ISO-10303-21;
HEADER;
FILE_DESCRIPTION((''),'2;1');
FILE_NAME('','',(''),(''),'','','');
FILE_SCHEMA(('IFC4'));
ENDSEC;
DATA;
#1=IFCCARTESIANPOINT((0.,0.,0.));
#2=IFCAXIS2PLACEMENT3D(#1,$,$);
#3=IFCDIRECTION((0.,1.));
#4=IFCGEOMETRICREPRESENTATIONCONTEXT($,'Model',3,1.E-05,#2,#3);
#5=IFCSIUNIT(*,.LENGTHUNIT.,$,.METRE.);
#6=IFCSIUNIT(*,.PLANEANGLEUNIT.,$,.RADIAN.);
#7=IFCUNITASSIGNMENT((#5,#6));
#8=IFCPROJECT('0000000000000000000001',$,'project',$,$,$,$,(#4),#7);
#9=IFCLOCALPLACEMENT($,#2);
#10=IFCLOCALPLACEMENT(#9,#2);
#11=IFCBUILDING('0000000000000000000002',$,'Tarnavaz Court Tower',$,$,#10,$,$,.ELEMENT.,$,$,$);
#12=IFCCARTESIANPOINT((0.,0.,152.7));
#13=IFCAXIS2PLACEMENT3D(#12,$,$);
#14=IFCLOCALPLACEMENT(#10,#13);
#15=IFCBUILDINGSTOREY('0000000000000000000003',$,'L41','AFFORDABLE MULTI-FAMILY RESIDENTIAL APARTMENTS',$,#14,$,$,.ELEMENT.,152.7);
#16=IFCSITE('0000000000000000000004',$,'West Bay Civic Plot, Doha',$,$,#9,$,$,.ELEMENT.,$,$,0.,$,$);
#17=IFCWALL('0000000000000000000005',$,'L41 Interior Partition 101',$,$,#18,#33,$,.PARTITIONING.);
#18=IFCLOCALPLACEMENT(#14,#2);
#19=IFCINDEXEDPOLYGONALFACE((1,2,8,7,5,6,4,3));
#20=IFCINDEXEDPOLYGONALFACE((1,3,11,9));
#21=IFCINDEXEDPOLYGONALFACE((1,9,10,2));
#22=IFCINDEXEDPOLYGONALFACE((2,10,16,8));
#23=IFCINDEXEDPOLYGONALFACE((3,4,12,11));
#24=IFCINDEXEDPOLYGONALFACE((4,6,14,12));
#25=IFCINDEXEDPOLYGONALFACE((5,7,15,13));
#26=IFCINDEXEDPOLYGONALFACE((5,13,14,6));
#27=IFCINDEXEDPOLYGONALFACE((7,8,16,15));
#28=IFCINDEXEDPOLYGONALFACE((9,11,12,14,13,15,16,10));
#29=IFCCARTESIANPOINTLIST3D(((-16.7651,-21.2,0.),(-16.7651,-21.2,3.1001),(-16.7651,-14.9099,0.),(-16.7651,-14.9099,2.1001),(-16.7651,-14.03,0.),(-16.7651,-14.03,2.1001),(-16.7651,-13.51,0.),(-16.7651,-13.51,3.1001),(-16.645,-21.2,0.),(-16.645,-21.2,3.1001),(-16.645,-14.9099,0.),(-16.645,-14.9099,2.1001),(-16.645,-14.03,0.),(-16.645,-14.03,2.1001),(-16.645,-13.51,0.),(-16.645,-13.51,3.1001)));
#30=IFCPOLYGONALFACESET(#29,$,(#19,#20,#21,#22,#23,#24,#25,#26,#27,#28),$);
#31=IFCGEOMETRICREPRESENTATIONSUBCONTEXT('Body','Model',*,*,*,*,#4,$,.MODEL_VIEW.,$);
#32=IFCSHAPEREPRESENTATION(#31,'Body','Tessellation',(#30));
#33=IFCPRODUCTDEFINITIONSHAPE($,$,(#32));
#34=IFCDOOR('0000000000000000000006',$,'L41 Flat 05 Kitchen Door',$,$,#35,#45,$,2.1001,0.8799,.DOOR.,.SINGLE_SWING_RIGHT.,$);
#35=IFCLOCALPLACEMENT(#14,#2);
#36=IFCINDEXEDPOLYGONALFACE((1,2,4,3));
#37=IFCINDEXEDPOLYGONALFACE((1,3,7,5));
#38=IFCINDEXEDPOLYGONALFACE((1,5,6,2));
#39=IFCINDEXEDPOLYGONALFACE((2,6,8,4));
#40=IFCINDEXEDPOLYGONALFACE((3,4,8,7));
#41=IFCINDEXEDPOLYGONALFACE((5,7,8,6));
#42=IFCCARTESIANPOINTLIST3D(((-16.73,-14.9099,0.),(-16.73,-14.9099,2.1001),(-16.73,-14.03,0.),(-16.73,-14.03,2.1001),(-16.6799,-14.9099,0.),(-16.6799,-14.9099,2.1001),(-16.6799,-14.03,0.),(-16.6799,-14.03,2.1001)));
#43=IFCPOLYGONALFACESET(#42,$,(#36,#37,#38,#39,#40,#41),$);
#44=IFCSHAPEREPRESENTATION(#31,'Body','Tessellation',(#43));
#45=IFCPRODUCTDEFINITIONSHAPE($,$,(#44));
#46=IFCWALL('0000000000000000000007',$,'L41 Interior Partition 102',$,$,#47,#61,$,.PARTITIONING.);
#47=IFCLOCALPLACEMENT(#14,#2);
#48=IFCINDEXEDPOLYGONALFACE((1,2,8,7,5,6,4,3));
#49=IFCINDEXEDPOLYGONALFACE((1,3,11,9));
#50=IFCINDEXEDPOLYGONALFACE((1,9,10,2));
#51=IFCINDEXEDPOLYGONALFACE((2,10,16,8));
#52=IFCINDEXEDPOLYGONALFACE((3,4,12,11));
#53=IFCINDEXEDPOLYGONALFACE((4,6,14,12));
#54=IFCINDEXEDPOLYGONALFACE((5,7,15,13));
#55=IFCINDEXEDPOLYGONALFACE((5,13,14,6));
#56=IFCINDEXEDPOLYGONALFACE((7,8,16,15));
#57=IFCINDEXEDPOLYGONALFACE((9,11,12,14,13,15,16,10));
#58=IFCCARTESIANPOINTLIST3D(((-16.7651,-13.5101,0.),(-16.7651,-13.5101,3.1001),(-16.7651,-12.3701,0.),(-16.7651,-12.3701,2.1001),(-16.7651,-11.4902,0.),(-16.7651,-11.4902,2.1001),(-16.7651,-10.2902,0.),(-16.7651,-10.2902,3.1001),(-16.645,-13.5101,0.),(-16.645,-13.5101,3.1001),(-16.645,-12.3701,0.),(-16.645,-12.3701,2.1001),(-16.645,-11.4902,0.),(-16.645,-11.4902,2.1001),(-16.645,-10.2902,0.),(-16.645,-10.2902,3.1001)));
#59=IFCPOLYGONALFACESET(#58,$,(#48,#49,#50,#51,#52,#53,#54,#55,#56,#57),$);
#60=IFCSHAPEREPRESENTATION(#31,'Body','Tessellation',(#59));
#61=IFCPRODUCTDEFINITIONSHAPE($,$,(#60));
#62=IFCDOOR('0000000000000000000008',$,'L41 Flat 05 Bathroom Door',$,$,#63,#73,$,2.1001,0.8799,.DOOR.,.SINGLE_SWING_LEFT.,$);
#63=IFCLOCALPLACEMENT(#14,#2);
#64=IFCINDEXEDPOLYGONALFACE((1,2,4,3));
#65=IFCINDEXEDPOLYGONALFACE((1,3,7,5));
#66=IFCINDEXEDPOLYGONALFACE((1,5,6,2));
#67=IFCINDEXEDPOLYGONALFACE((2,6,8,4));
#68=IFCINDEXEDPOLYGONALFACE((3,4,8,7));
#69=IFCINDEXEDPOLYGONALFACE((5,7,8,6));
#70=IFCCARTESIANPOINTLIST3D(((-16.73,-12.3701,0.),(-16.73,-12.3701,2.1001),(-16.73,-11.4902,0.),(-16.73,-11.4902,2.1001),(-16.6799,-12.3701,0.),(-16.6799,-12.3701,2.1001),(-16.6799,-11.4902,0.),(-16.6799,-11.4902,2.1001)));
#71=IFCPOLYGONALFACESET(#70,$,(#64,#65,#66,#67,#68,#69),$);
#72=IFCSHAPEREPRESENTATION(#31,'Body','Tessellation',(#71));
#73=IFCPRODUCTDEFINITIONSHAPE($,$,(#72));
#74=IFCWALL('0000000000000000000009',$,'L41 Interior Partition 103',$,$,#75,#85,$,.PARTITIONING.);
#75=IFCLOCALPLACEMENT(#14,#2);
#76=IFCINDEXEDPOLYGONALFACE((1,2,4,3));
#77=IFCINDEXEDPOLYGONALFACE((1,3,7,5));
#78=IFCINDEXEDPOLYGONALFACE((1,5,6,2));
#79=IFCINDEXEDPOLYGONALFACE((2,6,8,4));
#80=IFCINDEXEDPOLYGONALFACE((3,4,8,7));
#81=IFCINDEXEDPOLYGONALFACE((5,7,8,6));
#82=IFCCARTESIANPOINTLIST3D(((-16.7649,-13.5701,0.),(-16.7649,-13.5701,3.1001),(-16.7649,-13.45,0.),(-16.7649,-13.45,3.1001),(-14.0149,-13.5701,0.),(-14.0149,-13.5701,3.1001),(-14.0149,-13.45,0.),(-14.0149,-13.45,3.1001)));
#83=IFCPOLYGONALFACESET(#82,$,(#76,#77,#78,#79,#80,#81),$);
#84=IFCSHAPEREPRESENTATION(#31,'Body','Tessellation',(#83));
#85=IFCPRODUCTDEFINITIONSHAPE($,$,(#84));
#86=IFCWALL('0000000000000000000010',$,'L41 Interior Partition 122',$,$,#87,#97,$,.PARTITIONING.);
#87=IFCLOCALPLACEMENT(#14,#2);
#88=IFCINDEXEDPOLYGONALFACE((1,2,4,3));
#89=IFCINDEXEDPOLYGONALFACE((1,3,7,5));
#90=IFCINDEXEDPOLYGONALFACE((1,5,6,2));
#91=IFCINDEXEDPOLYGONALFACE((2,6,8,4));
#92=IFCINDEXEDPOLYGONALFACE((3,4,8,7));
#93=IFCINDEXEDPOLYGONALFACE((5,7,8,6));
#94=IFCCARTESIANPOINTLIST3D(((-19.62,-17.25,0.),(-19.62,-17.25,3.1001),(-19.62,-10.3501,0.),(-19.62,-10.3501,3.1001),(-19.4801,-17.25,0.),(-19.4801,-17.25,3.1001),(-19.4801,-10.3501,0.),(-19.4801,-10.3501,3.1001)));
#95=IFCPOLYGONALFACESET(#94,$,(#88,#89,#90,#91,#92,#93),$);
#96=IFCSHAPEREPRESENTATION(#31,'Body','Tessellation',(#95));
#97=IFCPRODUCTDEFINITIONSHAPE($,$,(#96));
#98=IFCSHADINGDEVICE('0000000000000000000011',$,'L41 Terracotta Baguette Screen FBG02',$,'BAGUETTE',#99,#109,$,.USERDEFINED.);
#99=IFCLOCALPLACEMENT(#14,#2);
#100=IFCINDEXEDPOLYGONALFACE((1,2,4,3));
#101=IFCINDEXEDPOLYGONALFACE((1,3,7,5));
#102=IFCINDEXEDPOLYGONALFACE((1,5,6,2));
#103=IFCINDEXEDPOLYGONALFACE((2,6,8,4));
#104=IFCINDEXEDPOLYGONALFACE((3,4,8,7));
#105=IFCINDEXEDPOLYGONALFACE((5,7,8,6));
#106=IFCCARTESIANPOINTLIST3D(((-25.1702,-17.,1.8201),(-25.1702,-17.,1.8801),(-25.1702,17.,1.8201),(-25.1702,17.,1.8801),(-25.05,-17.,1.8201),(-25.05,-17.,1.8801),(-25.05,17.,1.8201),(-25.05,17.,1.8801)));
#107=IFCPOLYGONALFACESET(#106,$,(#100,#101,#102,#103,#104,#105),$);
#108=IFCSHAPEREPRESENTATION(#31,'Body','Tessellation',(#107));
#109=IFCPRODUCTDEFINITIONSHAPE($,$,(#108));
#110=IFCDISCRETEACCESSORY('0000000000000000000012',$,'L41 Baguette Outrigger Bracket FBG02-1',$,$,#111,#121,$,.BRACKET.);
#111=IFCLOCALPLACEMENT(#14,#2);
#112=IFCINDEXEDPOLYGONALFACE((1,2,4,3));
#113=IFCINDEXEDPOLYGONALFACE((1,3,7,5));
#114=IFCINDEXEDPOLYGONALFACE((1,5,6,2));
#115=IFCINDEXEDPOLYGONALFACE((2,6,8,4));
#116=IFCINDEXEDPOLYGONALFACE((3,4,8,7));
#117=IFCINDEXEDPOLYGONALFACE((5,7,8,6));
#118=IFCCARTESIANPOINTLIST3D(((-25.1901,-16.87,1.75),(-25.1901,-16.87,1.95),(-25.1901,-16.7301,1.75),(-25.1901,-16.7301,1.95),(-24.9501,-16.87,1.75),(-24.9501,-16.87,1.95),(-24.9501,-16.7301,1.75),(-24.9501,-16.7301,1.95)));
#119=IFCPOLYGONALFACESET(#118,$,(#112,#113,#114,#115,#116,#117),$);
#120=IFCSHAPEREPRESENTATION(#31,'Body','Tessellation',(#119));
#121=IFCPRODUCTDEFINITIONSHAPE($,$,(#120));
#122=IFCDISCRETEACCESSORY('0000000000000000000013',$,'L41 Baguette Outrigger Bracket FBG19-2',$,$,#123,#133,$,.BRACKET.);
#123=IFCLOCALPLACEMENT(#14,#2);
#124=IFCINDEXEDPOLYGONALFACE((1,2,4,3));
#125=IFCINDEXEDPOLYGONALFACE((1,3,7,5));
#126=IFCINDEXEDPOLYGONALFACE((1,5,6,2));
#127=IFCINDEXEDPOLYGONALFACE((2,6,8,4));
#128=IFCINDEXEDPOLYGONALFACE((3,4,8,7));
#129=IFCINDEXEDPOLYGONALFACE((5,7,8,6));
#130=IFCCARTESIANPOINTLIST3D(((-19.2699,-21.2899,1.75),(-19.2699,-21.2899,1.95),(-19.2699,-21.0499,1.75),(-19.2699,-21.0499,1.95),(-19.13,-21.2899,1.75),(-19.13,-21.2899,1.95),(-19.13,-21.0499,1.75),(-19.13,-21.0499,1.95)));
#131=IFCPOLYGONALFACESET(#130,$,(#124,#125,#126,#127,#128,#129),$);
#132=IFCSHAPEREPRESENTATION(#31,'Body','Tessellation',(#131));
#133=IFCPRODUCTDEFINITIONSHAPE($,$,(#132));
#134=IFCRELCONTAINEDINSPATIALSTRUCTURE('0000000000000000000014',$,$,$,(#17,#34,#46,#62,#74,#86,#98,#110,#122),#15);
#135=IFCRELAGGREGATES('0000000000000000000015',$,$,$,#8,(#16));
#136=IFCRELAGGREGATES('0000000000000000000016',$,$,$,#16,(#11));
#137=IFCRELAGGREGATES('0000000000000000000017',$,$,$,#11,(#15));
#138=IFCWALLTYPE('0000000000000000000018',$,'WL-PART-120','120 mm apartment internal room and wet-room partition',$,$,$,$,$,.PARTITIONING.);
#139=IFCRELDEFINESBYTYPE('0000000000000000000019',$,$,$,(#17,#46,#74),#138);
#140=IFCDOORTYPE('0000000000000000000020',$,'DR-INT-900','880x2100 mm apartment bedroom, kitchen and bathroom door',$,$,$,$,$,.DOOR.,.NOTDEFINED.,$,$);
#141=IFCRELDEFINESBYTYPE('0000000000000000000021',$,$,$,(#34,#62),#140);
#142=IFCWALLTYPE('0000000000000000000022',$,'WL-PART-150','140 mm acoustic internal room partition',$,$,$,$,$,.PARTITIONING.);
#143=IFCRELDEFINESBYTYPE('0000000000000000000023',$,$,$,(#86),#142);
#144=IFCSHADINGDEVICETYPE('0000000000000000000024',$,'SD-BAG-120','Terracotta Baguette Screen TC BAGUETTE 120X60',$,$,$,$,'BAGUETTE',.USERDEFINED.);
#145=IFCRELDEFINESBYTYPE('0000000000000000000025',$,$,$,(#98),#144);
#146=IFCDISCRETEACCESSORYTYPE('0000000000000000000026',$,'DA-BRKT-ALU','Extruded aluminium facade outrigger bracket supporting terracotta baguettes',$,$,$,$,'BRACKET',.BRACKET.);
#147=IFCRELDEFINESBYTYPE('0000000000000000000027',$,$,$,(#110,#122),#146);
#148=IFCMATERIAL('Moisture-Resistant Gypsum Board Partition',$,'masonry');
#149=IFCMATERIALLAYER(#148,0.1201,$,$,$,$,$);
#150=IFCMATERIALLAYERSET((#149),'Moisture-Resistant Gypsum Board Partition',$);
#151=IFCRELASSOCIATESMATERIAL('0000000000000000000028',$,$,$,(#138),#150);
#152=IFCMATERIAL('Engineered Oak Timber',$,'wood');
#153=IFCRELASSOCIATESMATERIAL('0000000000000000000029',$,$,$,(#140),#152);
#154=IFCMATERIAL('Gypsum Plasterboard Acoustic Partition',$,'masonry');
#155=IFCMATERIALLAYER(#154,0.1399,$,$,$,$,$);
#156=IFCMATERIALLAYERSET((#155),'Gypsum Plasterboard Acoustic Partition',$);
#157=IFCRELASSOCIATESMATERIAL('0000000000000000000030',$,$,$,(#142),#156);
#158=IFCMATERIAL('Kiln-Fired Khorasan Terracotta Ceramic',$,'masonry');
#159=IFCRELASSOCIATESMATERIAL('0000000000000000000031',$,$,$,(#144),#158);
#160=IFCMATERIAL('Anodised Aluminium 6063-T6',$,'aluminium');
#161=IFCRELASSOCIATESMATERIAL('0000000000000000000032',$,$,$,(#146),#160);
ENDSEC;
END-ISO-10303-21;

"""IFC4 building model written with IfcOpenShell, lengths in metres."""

from ifc_helpers import new_model, si_unit, direction, frame, frame_2d, origin, origin_2d, place, context, subcontext, project, spatial, rectangle, extrude, material, layer, layer_set, material_profile, profile_set, type_object, element, fill, save


model = new_model("IFC4")

# Units and contexts
model_context = context("Model", 3, precision=1e-05, world=origin(), true_north=direction((0.0, 1.0)))
body_context = subcontext(model_context, "Body", "Model", "MODEL_VIEW")
ifc_project = project(units=[si_unit("LENGTHUNIT", "METRE"), si_unit("PLANEANGLEUNIT", "RADIAN")], contexts=[model_context])

# Site, building, storey
site_placement = place(None, origin())
site = spatial("IfcSite", under=ifc_project, at=site_placement, Name="West Bay Civic Plot, Doha", CompositionType="ELEMENT", RefElevation=0.0)
building_placement = place(site_placement, origin())
building = spatial("IfcBuilding", under=site, at=building_placement, Name="Tarnavaz Court Tower", CompositionType="ELEMENT")
storey_placement = place(building_placement, frame((0.0, 0.0, 152.7)))
storey = spatial("IfcBuildingStorey", under=building, at=storey_placement, Name="L41", Description="AFFORDABLE MULTI-FAMILY RESIDENTIAL APARTMENTS", CompositionType="ELEMENT", Elevation=152.7)

# Walls, openings, doors
ifc_material_1 = material(Name="Moisture-Resistant Gypsum Board Partition", Category="masonry")
ifc_layer_1 = layer(ifc_material_1, 0.1201)
ifc_layer_set_1 = layer_set([ifc_layer_1], Name="Moisture-Resistant Gypsum Board Partition")
wall_type_1 = type_object("IfcWallType", Name="WL-PART-120", Description="120 mm apartment internal room and wet-room partition", PredefinedType="PARTITIONING", material=ifc_layer_set_1)
wall_1_placement = place(storey_placement, frame((-16.7051, -21.2, 0.0), z_axis=(0.0, 0.0, 1.0), x_axis=(0.0, 1.0, 0.0)))
wall_1 = element("IfcWall", 1, at=wall_1_placement, inside=storey, type_object=wall_type_1, Name="L41 Interior Partition 101", PredefinedType="PARTITIONING", context=body_context, shape_type="SweptSolid", body=[
    extrude(rectangle(XDim=7.6899, YDim=0.1201, at=frame_2d((3.845, 0.0))), origin(), (0.0, 0.0, 1.0), 3.1001),
])
opening_1_placement = place(wall_1_placement, frame((6.29, 0.0, 0.0)))
opening_1 = element("IfcOpeningElement", 2, at=opening_1_placement, cuts=wall_1, PredefinedType="OPENING", context=body_context, shape_type="SweptSolid", body=[
    extrude(rectangle(XDim=0.8799, YDim=2.1001, at=frame_2d((0.4399, 1.05))), frame((0.0, 0.0701, 0.0), z_axis=(0.0, -1.0, 0.0), x_axis=(1.0, 0.0, 0.0)), (0.0, 0.0, 1.0), 0.1401),
])
ifc_material_2 = material(Name="Engineered Oak Timber", Category="wood")
door_type = type_object("IfcDoorType", Name="DR-INT-900", Description="880x2100 mm apartment bedroom, kitchen and bathroom door", OperationType="NOTDEFINED", PredefinedType="DOOR", material=ifc_material_2)
door_1_placement = place(opening_1_placement, origin())
door_1 = element("IfcDoor", 3, at=door_1_placement, inside=storey, type_object=door_type, Name="L41 Flat 05 Kitchen Door", OperationType="SINGLE_SWING_RIGHT", OverallHeight=2.1001, OverallWidth=0.8799, PredefinedType="DOOR", context=body_context, shape_type="SweptSolid", body=[
    extrude(rectangle(XDim=0.8799, YDim=2.1001, at=frame_2d((0.4399, 1.05))), frame((0.0, 0.0249, 0.0), z_axis=(0.0, -1.0, 0.0), x_axis=(1.0, 0.0, 0.0)), (0.0, 0.0, 1.0), 0.05),
])
fill(opening_1, door_1)
wall_2_placement = place(storey_placement, frame((-16.7051, -13.51, 0.0), z_axis=(0.0, 0.0, 1.0), x_axis=(0.0, 1.0, 0.0)))
wall_2 = element("IfcWall", 4, at=wall_2_placement, inside=storey, type_object=wall_type_1, Name="L41 Interior Partition 102", PredefinedType="PARTITIONING", context=body_context, shape_type="SweptSolid", body=[
    extrude(rectangle(XDim=3.22, YDim=0.1201, at=frame_2d((1.6099, 0.0))), origin(), (0.0, 0.0, 1.0), 3.1001),
])
opening_2_placement = place(wall_2_placement, frame((1.1399, 0.0, 0.0)))
opening_2 = element("IfcOpeningElement", 5, at=opening_2_placement, cuts=wall_2, PredefinedType="OPENING", context=body_context, shape_type="SweptSolid", body=[
    extrude(rectangle(XDim=0.8799, YDim=2.1001, at=frame_2d((0.4399, 1.05))), frame((0.0, 0.0701, 0.0), z_axis=(0.0, -1.0, 0.0), x_axis=(1.0, 0.0, 0.0)), (0.0, 0.0, 1.0), 0.1401),
])
door_2_placement = place(opening_2_placement, origin())
door_2 = element("IfcDoor", 6, at=door_2_placement, inside=storey, type_object=door_type, Name="L41 Flat 05 Bathroom Door", OperationType="SINGLE_SWING_LEFT", OverallHeight=2.1001, OverallWidth=0.8799, PredefinedType="DOOR", context=body_context, shape_type="SweptSolid", body=[
    extrude(rectangle(XDim=0.8799, YDim=2.1001, at=frame_2d((0.4399, 1.05))), frame((0.0, 0.0249, 0.0), z_axis=(0.0, -1.0, 0.0), x_axis=(1.0, 0.0, 0.0)), (0.0, 0.0, 1.0), 0.05),
])
fill(opening_2, door_2)

# Walls
wall_3_placement = place(storey_placement, frame((-16.7649, -13.51, 0.0), z_axis=(0.0, 0.0, 1.0), x_axis=(1.0, 0.0, 0.0)))
element("IfcWall", 7, at=wall_3_placement, inside=storey, type_object=wall_type_1, Name="L41 Interior Partition 103", PredefinedType="PARTITIONING", context=body_context, shape_type="SweptSolid", body=[
    extrude(rectangle(XDim=2.75, YDim=0.1201, at=frame_2d((1.375, 0.0))), origin(), (0.0, 0.0, 1.0), 3.1001),
])
ifc_material_3 = material(Name="Gypsum Plasterboard Acoustic Partition", Category="masonry")
ifc_layer_2 = layer(ifc_material_3, 0.1399)
ifc_layer_set_2 = layer_set([ifc_layer_2], Name="Gypsum Plasterboard Acoustic Partition")
wall_type_2 = type_object("IfcWallType", Name="WL-PART-150", Description="140 mm acoustic internal room partition", PredefinedType="PARTITIONING", material=ifc_layer_set_2)
wall_4_placement = place(storey_placement, frame((-19.55, -17.25, 0.0), z_axis=(0.0, 0.0, 1.0), x_axis=(0.0, 1.0, 0.0)))
element("IfcWall", 8, at=wall_4_placement, inside=storey, type_object=wall_type_2, Name="L41 Interior Partition 122", PredefinedType="PARTITIONING", context=body_context, shape_type="SweptSolid", body=[
    extrude(rectangle(XDim=6.8999, YDim=0.1399, at=frame_2d((3.45, 0.0))), origin(), (0.0, 0.0, 1.0), 3.1001),
])

# Shading device
ifc_material_4 = material(Name="Kiln-Fired Khorasan Terracotta Ceramic", Category="masonry")
ifc_material_profile_1 = material_profile(ifc_material_4, rectangle(XDim=0.1201, YDim=0.0601, at=origin_2d()), Name="TC BAGUETTE 120X60")
ifc_profile_set_1 = profile_set([ifc_material_profile_1], Name="Kiln-Fired Khorasan Terracotta Ceramic")
shading_device_type = type_object("IfcShadingDeviceType", Name="SD-BAG-120", Description="Terracotta Baguette Screen TC BAGUETTE 120X60", ElementType="BAGUETTE", PredefinedType="USERDEFINED", material=ifc_profile_set_1)
shading_device_placement = place(storey_placement, frame((-25.1101, -17.0, 1.8501), z_axis=(0.0, 1.0, 0.0), x_axis=(-1.0, 0.0, 0.0)))
element("IfcShadingDevice", 9, at=shading_device_placement, inside=storey, type_object=shading_device_type, Name="L41 Terracotta Baguette Screen FBG02", ObjectType="BAGUETTE", PredefinedType="USERDEFINED", context=body_context, shape_type="SweptSolid", body=[
    extrude(rectangle(XDim=0.1201, YDim=0.0601, at=origin_2d()), origin(), (0.0, 0.0, 1.0), 34.0),
])

# Discrete accessories
ifc_material_5 = material(Name="Anodised Aluminium 6063-T6", Category="aluminium")
discrete_accessory_type = type_object("IfcDiscreteAccessoryType", Name="DA-BRKT-ALU", Description="Extruded aluminium facade outrigger bracket supporting terracotta baguettes", ElementType="BRACKET", PredefinedType="BRACKET", material=ifc_material_5)
for number, where, z_axis, x_axis, name in (
    (10, (-25.0701, -16.8, 1.75), (0.0, 0.0, 1.0), (0.0, 1.0, 0.0), "L41 Baguette Outrigger Bracket FBG02-1"),
    (11, (-19.2, -21.1699, 1.75), (0.0, 0.0, 1.0), (-1.0, 0.0, 0.0), "L41 Baguette Outrigger Bracket FBG19-2"),
):
    element("IfcDiscreteAccessory", number, at=place(storey_placement, frame(where, z_axis=z_axis, x_axis=x_axis)), inside=storey, type_object=discrete_accessory_type, Name=name, PredefinedType="BRACKET", context=body_context, shape_type="SweptSolid", body=[
        extrude(rectangle(XDim=0.1399, YDim=0.24, at=origin_2d()), origin(), (0.0, 0.0, 1.0), 0.2),
    ])

save(model, "model.ifc")
